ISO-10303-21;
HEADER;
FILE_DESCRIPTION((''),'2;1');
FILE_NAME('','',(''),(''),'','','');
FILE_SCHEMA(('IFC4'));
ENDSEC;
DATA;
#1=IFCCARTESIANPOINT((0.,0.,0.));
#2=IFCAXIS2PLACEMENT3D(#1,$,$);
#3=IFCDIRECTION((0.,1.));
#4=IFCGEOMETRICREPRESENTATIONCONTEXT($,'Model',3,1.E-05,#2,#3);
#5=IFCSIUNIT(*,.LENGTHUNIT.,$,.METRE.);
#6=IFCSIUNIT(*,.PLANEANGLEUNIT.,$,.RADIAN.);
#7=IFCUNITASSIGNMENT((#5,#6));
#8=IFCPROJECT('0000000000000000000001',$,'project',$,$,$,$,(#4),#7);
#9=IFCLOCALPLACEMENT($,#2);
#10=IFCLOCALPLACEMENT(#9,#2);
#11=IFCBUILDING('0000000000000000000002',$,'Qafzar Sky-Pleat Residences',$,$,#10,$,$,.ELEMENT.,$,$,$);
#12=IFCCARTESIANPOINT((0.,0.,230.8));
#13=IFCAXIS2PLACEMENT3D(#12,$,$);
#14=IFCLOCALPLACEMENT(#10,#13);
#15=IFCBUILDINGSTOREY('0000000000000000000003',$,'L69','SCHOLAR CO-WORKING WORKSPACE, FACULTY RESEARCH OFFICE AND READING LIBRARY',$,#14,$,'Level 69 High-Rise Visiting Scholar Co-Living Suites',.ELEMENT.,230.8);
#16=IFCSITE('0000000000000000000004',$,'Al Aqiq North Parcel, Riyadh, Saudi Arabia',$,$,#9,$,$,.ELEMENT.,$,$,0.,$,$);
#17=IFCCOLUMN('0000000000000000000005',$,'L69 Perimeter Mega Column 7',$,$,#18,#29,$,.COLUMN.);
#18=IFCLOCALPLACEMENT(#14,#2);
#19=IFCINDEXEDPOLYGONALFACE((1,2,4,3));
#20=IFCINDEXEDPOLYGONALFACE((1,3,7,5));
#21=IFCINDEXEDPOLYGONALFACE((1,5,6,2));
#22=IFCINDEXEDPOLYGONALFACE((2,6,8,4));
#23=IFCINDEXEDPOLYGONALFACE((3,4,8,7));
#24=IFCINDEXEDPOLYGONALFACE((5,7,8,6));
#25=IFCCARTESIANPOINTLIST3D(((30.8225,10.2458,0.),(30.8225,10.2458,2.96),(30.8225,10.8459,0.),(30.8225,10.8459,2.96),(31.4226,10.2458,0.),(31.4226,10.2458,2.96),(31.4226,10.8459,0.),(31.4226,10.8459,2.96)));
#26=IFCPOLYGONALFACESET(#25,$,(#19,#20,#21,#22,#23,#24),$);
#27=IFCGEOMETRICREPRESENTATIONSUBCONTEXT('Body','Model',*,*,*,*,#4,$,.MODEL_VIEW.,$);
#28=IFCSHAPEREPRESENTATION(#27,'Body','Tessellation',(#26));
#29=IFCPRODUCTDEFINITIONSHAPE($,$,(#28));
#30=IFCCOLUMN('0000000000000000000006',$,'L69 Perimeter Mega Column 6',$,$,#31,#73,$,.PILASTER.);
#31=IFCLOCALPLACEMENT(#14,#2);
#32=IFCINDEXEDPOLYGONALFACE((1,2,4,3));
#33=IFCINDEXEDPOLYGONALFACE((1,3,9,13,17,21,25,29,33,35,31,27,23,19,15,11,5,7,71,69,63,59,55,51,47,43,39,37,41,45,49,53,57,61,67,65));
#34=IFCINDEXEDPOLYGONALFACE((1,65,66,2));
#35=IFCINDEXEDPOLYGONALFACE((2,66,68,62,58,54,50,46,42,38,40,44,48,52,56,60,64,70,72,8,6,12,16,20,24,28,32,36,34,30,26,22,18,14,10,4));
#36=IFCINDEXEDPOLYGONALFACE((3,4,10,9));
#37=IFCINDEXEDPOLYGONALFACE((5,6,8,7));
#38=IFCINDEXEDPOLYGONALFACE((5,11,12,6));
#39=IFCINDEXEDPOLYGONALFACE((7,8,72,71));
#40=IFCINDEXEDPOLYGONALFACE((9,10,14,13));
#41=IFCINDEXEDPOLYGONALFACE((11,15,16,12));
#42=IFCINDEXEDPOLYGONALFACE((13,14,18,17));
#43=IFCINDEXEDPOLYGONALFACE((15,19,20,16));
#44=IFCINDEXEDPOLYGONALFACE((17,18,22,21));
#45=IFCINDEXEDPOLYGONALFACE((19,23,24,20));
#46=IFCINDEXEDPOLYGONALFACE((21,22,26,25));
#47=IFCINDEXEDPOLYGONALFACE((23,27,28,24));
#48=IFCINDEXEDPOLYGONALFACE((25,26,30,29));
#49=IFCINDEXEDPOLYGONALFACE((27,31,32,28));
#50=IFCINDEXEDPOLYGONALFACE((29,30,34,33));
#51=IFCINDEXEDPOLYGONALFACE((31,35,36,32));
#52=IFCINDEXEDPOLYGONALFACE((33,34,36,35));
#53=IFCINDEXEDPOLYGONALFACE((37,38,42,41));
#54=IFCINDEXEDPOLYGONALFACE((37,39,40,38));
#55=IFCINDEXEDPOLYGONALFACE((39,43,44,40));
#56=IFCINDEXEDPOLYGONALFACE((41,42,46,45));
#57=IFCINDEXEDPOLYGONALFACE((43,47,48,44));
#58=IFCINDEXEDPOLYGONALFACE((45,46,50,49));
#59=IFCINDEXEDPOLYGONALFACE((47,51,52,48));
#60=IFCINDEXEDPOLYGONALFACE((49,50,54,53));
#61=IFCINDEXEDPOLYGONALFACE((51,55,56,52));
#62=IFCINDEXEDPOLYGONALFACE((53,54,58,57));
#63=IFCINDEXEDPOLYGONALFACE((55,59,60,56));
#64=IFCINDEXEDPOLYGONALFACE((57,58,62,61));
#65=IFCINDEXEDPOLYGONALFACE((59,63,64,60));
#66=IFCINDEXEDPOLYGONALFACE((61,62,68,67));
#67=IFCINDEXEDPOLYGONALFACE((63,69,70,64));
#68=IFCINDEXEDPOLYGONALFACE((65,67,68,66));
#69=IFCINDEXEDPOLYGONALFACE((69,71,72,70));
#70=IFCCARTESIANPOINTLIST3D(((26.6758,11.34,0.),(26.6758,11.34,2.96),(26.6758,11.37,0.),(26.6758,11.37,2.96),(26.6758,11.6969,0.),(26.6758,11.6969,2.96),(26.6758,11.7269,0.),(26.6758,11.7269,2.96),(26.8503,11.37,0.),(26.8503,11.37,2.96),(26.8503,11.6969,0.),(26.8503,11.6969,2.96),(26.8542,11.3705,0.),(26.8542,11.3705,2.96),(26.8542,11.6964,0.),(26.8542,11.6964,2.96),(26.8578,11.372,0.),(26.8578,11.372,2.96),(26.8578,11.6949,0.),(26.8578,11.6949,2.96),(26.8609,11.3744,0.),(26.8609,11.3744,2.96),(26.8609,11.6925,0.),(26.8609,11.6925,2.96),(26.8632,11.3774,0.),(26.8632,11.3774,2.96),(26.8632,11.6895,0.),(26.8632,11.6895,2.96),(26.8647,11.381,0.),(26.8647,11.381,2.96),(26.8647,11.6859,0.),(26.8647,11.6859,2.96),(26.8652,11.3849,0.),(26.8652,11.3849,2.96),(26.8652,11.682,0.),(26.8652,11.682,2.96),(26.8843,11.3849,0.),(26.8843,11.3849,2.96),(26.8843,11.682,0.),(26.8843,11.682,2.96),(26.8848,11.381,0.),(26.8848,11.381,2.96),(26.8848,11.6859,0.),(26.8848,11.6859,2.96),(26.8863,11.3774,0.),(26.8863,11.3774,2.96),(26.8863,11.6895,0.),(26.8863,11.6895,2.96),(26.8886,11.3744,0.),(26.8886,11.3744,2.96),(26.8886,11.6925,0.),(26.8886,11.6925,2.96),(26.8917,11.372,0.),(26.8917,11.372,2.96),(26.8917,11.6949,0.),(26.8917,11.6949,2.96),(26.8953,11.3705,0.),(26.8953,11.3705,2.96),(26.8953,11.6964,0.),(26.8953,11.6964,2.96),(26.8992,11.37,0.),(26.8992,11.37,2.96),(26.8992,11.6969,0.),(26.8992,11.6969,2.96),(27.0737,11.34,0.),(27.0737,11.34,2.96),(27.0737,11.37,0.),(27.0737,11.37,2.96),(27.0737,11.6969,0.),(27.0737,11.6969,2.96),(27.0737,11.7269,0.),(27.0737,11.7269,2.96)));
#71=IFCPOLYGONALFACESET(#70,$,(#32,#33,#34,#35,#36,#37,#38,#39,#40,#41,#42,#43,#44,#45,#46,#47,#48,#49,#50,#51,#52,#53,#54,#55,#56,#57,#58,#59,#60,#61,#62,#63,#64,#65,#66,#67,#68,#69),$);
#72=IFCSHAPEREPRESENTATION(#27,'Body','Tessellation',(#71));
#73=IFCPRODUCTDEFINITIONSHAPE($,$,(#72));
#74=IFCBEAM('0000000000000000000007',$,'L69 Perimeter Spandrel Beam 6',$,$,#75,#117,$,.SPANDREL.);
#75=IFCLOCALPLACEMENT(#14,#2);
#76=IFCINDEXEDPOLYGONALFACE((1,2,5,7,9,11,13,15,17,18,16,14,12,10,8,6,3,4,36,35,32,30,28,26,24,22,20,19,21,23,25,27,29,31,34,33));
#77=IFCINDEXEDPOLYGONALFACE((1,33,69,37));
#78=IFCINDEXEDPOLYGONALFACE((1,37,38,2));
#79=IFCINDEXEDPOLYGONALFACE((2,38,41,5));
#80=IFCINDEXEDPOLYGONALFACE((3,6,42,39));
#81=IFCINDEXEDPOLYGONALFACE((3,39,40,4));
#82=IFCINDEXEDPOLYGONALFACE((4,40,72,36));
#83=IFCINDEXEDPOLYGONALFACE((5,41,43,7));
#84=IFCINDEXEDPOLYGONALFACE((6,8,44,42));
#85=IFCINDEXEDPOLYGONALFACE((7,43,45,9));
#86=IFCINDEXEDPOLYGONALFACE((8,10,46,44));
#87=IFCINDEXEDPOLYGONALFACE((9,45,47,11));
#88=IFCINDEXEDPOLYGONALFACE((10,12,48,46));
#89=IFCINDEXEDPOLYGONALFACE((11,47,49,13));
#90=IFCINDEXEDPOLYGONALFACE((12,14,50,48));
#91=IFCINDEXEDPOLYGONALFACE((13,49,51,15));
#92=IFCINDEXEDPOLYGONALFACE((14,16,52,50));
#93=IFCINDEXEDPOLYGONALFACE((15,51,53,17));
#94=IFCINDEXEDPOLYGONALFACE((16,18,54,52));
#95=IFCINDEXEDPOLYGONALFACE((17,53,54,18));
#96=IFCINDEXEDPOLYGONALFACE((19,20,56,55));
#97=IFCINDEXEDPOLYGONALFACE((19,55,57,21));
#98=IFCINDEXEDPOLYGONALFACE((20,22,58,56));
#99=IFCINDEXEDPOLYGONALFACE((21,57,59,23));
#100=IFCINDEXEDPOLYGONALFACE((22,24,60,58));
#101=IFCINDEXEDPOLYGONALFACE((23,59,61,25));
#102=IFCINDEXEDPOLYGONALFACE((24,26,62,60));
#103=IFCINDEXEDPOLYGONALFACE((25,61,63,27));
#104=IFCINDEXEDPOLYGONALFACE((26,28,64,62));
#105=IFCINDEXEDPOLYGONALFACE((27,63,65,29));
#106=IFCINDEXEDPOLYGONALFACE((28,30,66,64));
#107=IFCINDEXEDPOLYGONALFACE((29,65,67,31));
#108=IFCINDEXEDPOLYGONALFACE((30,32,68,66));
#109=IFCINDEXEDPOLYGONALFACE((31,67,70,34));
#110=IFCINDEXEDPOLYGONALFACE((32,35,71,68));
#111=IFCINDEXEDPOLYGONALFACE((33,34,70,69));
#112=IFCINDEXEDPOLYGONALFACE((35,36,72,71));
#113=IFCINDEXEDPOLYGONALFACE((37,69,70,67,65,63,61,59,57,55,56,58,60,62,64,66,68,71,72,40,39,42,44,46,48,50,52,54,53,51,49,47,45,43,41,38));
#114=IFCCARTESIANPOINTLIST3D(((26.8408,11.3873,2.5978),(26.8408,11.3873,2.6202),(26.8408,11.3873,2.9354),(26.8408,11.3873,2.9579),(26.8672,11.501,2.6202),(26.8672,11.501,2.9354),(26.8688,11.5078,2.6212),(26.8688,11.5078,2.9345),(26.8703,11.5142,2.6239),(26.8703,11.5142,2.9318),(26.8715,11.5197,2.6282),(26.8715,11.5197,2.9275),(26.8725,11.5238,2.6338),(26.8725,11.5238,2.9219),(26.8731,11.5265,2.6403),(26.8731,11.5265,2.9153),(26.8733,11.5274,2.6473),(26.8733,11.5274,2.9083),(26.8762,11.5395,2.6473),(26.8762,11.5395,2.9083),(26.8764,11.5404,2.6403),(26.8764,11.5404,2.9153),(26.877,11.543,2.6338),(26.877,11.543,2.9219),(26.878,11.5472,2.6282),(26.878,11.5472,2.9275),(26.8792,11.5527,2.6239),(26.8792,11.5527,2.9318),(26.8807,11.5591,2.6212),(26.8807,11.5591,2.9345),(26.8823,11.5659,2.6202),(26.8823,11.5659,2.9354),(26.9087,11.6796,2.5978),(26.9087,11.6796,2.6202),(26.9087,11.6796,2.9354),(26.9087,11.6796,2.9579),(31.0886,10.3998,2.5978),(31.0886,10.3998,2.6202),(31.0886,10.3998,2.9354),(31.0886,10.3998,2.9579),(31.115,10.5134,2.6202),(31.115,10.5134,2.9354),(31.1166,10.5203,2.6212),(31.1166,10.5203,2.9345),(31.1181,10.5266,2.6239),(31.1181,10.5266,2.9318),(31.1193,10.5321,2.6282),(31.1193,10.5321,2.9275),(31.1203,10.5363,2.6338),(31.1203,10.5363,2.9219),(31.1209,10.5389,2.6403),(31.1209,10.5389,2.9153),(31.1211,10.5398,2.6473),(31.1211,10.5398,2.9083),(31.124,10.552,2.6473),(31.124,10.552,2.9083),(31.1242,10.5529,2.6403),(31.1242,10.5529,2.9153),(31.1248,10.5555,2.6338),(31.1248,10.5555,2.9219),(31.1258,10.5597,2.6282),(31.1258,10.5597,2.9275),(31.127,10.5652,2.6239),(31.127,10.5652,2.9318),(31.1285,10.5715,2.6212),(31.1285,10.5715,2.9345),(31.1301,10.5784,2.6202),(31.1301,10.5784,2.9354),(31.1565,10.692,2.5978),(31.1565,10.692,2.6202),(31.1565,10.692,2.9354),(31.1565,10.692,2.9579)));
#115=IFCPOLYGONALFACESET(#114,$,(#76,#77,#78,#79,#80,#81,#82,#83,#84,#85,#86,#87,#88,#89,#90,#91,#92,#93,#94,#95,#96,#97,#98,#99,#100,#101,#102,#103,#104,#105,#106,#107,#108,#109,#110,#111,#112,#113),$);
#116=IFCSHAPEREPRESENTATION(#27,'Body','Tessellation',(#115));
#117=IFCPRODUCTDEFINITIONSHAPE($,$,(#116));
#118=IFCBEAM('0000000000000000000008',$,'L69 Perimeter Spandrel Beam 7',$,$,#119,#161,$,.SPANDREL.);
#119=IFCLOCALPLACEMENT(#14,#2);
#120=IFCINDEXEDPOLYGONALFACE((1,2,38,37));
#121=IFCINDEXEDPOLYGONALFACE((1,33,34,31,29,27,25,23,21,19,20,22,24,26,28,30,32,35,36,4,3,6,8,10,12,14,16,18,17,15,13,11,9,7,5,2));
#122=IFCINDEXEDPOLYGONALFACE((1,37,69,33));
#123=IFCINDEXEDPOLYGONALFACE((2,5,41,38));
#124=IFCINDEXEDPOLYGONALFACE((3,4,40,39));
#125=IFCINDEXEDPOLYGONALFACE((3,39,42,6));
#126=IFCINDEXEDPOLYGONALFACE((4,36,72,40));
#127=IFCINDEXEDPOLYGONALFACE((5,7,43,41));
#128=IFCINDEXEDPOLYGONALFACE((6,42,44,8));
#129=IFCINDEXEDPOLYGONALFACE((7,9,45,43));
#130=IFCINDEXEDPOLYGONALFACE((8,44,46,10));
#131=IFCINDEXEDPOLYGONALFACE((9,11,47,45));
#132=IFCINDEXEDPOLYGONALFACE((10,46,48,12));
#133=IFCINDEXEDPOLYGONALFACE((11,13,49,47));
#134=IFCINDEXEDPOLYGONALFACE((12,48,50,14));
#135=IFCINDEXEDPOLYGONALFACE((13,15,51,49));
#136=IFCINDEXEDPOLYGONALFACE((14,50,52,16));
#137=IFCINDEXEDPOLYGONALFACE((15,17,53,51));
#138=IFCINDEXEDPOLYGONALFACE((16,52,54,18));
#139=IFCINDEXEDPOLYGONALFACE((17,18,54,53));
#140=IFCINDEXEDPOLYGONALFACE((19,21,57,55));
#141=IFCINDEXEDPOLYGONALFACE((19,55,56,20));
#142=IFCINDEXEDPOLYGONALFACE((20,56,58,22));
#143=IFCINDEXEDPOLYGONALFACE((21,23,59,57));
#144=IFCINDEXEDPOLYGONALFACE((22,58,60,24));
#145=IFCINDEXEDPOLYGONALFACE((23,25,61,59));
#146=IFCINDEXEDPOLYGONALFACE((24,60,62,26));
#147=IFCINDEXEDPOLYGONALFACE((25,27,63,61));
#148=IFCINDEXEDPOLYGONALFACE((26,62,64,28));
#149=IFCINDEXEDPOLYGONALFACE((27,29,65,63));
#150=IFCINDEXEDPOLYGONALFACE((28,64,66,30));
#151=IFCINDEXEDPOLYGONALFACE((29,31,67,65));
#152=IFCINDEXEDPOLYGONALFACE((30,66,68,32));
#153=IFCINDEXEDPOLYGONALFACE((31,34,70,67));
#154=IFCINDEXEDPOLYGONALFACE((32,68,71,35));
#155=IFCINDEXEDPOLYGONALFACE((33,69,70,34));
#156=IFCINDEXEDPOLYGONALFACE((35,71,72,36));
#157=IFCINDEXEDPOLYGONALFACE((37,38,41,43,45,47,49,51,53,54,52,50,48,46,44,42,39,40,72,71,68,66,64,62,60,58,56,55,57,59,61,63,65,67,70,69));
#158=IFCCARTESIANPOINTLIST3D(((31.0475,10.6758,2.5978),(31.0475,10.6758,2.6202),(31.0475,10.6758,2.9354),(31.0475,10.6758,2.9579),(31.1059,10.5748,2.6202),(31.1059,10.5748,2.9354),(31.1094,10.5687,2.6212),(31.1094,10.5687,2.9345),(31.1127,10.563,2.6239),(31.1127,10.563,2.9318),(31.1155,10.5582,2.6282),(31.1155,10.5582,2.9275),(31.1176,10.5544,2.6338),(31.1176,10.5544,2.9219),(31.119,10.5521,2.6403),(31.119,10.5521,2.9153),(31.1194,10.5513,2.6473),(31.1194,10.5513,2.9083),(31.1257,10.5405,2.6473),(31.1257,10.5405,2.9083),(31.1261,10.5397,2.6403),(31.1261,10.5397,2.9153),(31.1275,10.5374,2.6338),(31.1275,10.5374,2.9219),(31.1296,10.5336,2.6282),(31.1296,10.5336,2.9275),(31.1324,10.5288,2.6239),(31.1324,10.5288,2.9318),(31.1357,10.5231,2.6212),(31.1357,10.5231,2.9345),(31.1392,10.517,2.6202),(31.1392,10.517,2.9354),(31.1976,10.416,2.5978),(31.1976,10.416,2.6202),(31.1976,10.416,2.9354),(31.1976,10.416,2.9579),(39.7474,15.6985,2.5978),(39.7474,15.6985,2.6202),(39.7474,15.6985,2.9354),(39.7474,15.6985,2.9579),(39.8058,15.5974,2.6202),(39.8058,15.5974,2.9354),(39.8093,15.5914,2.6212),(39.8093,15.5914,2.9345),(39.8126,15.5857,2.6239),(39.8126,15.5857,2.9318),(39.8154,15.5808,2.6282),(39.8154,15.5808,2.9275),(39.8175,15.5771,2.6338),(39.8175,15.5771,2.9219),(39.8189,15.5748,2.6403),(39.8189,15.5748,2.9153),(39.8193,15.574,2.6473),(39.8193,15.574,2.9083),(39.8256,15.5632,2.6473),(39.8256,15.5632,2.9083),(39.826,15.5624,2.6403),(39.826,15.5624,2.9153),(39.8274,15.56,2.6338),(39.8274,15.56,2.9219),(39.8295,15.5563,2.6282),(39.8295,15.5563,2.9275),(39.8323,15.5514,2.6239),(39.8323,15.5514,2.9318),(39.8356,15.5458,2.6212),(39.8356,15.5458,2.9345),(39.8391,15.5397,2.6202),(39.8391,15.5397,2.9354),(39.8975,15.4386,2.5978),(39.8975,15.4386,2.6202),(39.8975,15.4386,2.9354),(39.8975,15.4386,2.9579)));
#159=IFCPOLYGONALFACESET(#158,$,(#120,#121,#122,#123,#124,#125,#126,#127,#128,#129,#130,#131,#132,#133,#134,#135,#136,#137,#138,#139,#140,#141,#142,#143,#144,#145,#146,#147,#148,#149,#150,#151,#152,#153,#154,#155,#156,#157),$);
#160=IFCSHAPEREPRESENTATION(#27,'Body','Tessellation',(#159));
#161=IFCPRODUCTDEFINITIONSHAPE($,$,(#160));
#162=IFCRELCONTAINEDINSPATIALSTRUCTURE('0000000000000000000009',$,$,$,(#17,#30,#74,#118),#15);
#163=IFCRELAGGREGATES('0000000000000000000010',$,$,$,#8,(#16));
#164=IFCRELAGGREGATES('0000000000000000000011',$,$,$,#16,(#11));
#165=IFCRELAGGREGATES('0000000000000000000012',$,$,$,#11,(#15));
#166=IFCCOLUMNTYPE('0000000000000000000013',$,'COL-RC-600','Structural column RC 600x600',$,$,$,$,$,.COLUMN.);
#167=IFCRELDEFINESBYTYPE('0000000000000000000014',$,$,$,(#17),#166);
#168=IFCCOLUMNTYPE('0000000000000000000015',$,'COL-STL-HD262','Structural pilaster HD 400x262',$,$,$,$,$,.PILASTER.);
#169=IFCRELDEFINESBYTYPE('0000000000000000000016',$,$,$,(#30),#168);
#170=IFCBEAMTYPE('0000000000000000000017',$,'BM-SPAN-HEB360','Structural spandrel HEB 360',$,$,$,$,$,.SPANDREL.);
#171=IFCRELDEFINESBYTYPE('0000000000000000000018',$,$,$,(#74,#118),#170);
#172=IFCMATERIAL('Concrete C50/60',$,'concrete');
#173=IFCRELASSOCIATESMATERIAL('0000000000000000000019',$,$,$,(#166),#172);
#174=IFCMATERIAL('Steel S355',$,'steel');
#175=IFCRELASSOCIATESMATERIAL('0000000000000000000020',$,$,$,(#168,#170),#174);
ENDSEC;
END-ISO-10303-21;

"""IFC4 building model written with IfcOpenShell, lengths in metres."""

from ifc_helpers import new_model, si_unit, direction, frame, origin, origin_2d, place, context, subcontext, project, spatial, rectangle, i_section, extrude, source, transform, mapped, material, material_profile, profile_set, type_object, element, save


model = new_model("IFC4")

# Units and contexts
model_context = context("Model", 3, precision=1e-05, world=origin(), true_north=direction((0.0, 1.0)))
body_context = subcontext(model_context, "Body", "Model", "MODEL_VIEW")
ifc_project = project(units=[si_unit("LENGTHUNIT", "METRE"), si_unit("PLANEANGLEUNIT", "RADIAN")], contexts=[model_context])

# Site, building, storey
site_placement = place(None, origin())
site = spatial("IfcSite", under=ifc_project, at=site_placement, Name="Al Aqiq North Parcel, Riyadh, Saudi Arabia", CompositionType="ELEMENT", RefElevation=0.0)
building_placement = place(site_placement, origin())
building = spatial("IfcBuilding", under=site, at=building_placement, Name="Qafzar Sky-Pleat Residences", CompositionType="ELEMENT")
storey_placement = place(building_placement, frame((0.0, 0.0, 230.8)))
storey = spatial("IfcBuildingStorey", under=building, at=storey_placement, Name="L69", Description="SCHOLAR CO-WORKING WORKSPACE, FACULTY RESEARCH OFFICE AND READING LIBRARY", LongName="Level 69 High-Rise Visiting Scholar Co-Living Suites", CompositionType="ELEMENT", Elevation=230.8)

# Columns
ifc_material_1 = material(Name="Concrete C50/60", Category="concrete")
ifc_material_profile_1 = material_profile(ifc_material_1, rectangle(XDim=0.6001, YDim=0.6001, at=origin_2d()), Name="RC 600x600")
ifc_profile_set_1 = profile_set([ifc_material_profile_1], Name="Concrete C50/60")
column_type_1 = type_object("IfcColumnType", Name="COL-RC-600", Description="Structural column RC 600x600", PredefinedType="COLUMN", material=ifc_profile_set_1)
shared_shape_1 = source(origin(), body_context, "Body", "SweptSolid", [
    extrude(rectangle(XDim=0.6001, YDim=0.6001, at=origin_2d()), origin(), (0.0, 0.0, 1.0), 2.96),
])
column_1_placement = place(storey_placement, frame((31.1226, 10.5459, 0.0), z_axis=(0.0, 0.0, 1.0), x_axis=(1.0, 0.0, 0.0)))
element("IfcColumn", 1, at=column_1_placement, inside=storey, type_object=column_type_1, Name="L69 Perimeter Mega Column 7", PredefinedType="COLUMN", context=body_context, shape_type="MappedRepresentation", body=[
    mapped(shared_shape_1, transform((0.0, 0.0, 0.0), x_axis=(1.0, 0.0, 0.0), y_axis=(0.0, 1.0, 0.0), z_axis=(0.0, 0.0, 1.0), scale=1.0)),
])
ifc_material_2 = material(Name="Steel S355", Category="steel")
ifc_material_profile_2 = material_profile(ifc_material_2, i_section(OverallWidth=0.3979, OverallDepth=0.387, WebThickness=0.019, FlangeThickness=0.03, FilletRadius=0.0149, at=origin_2d()), Name="HD 400x262")
ifc_profile_set_2 = profile_set([ifc_material_profile_2], Name="Steel S355")
column_type_2 = type_object("IfcColumnType", Name="COL-STL-HD262", Description="Structural pilaster HD 400x262", PredefinedType="PILASTER", material=ifc_profile_set_2)
shared_shape_2 = source(origin(), body_context, "Body", "SweptSolid", [
    extrude(i_section(OverallWidth=0.3979, OverallDepth=0.387, WebThickness=0.019, FlangeThickness=0.03, FilletRadius=0.0149, at=origin_2d()), origin(), (0.0, 0.0, 1.0), 2.96),
])
column_2_placement = place(storey_placement, frame((26.8748, 11.5334, 0.0), z_axis=(0.0, 0.0, 1.0), x_axis=(1.0, 0.0, 0.0)))
element("IfcColumn", 2, at=column_2_placement, inside=storey, type_object=column_type_2, Name="L69 Perimeter Mega Column 6", PredefinedType="PILASTER", context=body_context, shape_type="MappedRepresentation", body=[
    mapped(shared_shape_2, transform((0.0, 0.0, 0.0), x_axis=(1.0, 0.0, 0.0), y_axis=(0.0, 1.0, 0.0), z_axis=(0.0, 0.0, 1.0), scale=1.0)),
])

# Beams
ifc_material_profile_3 = material_profile(ifc_material_2, i_section(OverallWidth=0.3, OverallDepth=0.3601, WebThickness=0.0125, FlangeThickness=0.0225, FilletRadius=0.0271, at=origin_2d()), Name="HEB 360")
ifc_profile_set_3 = profile_set([ifc_material_profile_3], Name="Steel S355")
beam_type_1 = type_object("IfcBeamType", Name="BM-SPAN-HEB360", Description="Structural spandrel HEB 360", PredefinedType="SPANDREL", material=ifc_profile_set_3)
shared_shape_3 = source(origin(), body_context, "Body", "SweptSolid", [
    extrude(i_section(OverallWidth=0.3, OverallDepth=0.3601, WebThickness=0.0125, FlangeThickness=0.0225, FilletRadius=0.0271, at=origin_2d()), origin(), (0.0, 0.0, 1.0), 4.3611),
])
beam_1_placement = place(storey_placement, frame((26.8748, 11.5334, 2.7778), z_axis=(0.974024, -0.226446, 0.0), x_axis=(0.226446, 0.974024, 0.0)))
element("IfcBeam", 3, at=beam_1_placement, inside=storey, type_object=beam_type_1, Name="L69 Perimeter Spandrel Beam 6", PredefinedType="SPANDREL", context=body_context, shape_type="MappedRepresentation", body=[
    mapped(shared_shape_3, transform((0.0, 0.0, 0.0), x_axis=(1.0, 0.0, 0.0), y_axis=(0.0, 1.0, 0.0), z_axis=(0.0, 0.0, 1.0), scale=1.0)),
])
shared_shape_4 = source(origin(), body_context, "Body", "SweptSolid", [
    extrude(i_section(OverallWidth=0.3, OverallDepth=0.3601, WebThickness=0.0125, FlangeThickness=0.0225, FilletRadius=0.0271, at=origin_2d()), origin(), (0.0, 0.0, 1.0), 10.0457),
])
beam_2_placement = place(storey_placement, frame((31.1226, 10.5459, 2.7778), z_axis=(0.866035, 0.499984, 0.0), x_axis=(-0.499984, 0.866035, 0.0)))
element("IfcBeam", 4, at=beam_2_placement, inside=storey, type_object=beam_type_1, Name="L69 Perimeter Spandrel Beam 7", PredefinedType="SPANDREL", context=body_context, shape_type="MappedRepresentation", body=[
    mapped(shared_shape_4, transform((0.0, 0.0, 0.0), x_axis=(1.0, 0.0, 0.0), y_axis=(0.0, 1.0, 0.0), z_axis=(0.0, 0.0, 1.0), scale=1.0)),
])

save(model, "model.ifc")
